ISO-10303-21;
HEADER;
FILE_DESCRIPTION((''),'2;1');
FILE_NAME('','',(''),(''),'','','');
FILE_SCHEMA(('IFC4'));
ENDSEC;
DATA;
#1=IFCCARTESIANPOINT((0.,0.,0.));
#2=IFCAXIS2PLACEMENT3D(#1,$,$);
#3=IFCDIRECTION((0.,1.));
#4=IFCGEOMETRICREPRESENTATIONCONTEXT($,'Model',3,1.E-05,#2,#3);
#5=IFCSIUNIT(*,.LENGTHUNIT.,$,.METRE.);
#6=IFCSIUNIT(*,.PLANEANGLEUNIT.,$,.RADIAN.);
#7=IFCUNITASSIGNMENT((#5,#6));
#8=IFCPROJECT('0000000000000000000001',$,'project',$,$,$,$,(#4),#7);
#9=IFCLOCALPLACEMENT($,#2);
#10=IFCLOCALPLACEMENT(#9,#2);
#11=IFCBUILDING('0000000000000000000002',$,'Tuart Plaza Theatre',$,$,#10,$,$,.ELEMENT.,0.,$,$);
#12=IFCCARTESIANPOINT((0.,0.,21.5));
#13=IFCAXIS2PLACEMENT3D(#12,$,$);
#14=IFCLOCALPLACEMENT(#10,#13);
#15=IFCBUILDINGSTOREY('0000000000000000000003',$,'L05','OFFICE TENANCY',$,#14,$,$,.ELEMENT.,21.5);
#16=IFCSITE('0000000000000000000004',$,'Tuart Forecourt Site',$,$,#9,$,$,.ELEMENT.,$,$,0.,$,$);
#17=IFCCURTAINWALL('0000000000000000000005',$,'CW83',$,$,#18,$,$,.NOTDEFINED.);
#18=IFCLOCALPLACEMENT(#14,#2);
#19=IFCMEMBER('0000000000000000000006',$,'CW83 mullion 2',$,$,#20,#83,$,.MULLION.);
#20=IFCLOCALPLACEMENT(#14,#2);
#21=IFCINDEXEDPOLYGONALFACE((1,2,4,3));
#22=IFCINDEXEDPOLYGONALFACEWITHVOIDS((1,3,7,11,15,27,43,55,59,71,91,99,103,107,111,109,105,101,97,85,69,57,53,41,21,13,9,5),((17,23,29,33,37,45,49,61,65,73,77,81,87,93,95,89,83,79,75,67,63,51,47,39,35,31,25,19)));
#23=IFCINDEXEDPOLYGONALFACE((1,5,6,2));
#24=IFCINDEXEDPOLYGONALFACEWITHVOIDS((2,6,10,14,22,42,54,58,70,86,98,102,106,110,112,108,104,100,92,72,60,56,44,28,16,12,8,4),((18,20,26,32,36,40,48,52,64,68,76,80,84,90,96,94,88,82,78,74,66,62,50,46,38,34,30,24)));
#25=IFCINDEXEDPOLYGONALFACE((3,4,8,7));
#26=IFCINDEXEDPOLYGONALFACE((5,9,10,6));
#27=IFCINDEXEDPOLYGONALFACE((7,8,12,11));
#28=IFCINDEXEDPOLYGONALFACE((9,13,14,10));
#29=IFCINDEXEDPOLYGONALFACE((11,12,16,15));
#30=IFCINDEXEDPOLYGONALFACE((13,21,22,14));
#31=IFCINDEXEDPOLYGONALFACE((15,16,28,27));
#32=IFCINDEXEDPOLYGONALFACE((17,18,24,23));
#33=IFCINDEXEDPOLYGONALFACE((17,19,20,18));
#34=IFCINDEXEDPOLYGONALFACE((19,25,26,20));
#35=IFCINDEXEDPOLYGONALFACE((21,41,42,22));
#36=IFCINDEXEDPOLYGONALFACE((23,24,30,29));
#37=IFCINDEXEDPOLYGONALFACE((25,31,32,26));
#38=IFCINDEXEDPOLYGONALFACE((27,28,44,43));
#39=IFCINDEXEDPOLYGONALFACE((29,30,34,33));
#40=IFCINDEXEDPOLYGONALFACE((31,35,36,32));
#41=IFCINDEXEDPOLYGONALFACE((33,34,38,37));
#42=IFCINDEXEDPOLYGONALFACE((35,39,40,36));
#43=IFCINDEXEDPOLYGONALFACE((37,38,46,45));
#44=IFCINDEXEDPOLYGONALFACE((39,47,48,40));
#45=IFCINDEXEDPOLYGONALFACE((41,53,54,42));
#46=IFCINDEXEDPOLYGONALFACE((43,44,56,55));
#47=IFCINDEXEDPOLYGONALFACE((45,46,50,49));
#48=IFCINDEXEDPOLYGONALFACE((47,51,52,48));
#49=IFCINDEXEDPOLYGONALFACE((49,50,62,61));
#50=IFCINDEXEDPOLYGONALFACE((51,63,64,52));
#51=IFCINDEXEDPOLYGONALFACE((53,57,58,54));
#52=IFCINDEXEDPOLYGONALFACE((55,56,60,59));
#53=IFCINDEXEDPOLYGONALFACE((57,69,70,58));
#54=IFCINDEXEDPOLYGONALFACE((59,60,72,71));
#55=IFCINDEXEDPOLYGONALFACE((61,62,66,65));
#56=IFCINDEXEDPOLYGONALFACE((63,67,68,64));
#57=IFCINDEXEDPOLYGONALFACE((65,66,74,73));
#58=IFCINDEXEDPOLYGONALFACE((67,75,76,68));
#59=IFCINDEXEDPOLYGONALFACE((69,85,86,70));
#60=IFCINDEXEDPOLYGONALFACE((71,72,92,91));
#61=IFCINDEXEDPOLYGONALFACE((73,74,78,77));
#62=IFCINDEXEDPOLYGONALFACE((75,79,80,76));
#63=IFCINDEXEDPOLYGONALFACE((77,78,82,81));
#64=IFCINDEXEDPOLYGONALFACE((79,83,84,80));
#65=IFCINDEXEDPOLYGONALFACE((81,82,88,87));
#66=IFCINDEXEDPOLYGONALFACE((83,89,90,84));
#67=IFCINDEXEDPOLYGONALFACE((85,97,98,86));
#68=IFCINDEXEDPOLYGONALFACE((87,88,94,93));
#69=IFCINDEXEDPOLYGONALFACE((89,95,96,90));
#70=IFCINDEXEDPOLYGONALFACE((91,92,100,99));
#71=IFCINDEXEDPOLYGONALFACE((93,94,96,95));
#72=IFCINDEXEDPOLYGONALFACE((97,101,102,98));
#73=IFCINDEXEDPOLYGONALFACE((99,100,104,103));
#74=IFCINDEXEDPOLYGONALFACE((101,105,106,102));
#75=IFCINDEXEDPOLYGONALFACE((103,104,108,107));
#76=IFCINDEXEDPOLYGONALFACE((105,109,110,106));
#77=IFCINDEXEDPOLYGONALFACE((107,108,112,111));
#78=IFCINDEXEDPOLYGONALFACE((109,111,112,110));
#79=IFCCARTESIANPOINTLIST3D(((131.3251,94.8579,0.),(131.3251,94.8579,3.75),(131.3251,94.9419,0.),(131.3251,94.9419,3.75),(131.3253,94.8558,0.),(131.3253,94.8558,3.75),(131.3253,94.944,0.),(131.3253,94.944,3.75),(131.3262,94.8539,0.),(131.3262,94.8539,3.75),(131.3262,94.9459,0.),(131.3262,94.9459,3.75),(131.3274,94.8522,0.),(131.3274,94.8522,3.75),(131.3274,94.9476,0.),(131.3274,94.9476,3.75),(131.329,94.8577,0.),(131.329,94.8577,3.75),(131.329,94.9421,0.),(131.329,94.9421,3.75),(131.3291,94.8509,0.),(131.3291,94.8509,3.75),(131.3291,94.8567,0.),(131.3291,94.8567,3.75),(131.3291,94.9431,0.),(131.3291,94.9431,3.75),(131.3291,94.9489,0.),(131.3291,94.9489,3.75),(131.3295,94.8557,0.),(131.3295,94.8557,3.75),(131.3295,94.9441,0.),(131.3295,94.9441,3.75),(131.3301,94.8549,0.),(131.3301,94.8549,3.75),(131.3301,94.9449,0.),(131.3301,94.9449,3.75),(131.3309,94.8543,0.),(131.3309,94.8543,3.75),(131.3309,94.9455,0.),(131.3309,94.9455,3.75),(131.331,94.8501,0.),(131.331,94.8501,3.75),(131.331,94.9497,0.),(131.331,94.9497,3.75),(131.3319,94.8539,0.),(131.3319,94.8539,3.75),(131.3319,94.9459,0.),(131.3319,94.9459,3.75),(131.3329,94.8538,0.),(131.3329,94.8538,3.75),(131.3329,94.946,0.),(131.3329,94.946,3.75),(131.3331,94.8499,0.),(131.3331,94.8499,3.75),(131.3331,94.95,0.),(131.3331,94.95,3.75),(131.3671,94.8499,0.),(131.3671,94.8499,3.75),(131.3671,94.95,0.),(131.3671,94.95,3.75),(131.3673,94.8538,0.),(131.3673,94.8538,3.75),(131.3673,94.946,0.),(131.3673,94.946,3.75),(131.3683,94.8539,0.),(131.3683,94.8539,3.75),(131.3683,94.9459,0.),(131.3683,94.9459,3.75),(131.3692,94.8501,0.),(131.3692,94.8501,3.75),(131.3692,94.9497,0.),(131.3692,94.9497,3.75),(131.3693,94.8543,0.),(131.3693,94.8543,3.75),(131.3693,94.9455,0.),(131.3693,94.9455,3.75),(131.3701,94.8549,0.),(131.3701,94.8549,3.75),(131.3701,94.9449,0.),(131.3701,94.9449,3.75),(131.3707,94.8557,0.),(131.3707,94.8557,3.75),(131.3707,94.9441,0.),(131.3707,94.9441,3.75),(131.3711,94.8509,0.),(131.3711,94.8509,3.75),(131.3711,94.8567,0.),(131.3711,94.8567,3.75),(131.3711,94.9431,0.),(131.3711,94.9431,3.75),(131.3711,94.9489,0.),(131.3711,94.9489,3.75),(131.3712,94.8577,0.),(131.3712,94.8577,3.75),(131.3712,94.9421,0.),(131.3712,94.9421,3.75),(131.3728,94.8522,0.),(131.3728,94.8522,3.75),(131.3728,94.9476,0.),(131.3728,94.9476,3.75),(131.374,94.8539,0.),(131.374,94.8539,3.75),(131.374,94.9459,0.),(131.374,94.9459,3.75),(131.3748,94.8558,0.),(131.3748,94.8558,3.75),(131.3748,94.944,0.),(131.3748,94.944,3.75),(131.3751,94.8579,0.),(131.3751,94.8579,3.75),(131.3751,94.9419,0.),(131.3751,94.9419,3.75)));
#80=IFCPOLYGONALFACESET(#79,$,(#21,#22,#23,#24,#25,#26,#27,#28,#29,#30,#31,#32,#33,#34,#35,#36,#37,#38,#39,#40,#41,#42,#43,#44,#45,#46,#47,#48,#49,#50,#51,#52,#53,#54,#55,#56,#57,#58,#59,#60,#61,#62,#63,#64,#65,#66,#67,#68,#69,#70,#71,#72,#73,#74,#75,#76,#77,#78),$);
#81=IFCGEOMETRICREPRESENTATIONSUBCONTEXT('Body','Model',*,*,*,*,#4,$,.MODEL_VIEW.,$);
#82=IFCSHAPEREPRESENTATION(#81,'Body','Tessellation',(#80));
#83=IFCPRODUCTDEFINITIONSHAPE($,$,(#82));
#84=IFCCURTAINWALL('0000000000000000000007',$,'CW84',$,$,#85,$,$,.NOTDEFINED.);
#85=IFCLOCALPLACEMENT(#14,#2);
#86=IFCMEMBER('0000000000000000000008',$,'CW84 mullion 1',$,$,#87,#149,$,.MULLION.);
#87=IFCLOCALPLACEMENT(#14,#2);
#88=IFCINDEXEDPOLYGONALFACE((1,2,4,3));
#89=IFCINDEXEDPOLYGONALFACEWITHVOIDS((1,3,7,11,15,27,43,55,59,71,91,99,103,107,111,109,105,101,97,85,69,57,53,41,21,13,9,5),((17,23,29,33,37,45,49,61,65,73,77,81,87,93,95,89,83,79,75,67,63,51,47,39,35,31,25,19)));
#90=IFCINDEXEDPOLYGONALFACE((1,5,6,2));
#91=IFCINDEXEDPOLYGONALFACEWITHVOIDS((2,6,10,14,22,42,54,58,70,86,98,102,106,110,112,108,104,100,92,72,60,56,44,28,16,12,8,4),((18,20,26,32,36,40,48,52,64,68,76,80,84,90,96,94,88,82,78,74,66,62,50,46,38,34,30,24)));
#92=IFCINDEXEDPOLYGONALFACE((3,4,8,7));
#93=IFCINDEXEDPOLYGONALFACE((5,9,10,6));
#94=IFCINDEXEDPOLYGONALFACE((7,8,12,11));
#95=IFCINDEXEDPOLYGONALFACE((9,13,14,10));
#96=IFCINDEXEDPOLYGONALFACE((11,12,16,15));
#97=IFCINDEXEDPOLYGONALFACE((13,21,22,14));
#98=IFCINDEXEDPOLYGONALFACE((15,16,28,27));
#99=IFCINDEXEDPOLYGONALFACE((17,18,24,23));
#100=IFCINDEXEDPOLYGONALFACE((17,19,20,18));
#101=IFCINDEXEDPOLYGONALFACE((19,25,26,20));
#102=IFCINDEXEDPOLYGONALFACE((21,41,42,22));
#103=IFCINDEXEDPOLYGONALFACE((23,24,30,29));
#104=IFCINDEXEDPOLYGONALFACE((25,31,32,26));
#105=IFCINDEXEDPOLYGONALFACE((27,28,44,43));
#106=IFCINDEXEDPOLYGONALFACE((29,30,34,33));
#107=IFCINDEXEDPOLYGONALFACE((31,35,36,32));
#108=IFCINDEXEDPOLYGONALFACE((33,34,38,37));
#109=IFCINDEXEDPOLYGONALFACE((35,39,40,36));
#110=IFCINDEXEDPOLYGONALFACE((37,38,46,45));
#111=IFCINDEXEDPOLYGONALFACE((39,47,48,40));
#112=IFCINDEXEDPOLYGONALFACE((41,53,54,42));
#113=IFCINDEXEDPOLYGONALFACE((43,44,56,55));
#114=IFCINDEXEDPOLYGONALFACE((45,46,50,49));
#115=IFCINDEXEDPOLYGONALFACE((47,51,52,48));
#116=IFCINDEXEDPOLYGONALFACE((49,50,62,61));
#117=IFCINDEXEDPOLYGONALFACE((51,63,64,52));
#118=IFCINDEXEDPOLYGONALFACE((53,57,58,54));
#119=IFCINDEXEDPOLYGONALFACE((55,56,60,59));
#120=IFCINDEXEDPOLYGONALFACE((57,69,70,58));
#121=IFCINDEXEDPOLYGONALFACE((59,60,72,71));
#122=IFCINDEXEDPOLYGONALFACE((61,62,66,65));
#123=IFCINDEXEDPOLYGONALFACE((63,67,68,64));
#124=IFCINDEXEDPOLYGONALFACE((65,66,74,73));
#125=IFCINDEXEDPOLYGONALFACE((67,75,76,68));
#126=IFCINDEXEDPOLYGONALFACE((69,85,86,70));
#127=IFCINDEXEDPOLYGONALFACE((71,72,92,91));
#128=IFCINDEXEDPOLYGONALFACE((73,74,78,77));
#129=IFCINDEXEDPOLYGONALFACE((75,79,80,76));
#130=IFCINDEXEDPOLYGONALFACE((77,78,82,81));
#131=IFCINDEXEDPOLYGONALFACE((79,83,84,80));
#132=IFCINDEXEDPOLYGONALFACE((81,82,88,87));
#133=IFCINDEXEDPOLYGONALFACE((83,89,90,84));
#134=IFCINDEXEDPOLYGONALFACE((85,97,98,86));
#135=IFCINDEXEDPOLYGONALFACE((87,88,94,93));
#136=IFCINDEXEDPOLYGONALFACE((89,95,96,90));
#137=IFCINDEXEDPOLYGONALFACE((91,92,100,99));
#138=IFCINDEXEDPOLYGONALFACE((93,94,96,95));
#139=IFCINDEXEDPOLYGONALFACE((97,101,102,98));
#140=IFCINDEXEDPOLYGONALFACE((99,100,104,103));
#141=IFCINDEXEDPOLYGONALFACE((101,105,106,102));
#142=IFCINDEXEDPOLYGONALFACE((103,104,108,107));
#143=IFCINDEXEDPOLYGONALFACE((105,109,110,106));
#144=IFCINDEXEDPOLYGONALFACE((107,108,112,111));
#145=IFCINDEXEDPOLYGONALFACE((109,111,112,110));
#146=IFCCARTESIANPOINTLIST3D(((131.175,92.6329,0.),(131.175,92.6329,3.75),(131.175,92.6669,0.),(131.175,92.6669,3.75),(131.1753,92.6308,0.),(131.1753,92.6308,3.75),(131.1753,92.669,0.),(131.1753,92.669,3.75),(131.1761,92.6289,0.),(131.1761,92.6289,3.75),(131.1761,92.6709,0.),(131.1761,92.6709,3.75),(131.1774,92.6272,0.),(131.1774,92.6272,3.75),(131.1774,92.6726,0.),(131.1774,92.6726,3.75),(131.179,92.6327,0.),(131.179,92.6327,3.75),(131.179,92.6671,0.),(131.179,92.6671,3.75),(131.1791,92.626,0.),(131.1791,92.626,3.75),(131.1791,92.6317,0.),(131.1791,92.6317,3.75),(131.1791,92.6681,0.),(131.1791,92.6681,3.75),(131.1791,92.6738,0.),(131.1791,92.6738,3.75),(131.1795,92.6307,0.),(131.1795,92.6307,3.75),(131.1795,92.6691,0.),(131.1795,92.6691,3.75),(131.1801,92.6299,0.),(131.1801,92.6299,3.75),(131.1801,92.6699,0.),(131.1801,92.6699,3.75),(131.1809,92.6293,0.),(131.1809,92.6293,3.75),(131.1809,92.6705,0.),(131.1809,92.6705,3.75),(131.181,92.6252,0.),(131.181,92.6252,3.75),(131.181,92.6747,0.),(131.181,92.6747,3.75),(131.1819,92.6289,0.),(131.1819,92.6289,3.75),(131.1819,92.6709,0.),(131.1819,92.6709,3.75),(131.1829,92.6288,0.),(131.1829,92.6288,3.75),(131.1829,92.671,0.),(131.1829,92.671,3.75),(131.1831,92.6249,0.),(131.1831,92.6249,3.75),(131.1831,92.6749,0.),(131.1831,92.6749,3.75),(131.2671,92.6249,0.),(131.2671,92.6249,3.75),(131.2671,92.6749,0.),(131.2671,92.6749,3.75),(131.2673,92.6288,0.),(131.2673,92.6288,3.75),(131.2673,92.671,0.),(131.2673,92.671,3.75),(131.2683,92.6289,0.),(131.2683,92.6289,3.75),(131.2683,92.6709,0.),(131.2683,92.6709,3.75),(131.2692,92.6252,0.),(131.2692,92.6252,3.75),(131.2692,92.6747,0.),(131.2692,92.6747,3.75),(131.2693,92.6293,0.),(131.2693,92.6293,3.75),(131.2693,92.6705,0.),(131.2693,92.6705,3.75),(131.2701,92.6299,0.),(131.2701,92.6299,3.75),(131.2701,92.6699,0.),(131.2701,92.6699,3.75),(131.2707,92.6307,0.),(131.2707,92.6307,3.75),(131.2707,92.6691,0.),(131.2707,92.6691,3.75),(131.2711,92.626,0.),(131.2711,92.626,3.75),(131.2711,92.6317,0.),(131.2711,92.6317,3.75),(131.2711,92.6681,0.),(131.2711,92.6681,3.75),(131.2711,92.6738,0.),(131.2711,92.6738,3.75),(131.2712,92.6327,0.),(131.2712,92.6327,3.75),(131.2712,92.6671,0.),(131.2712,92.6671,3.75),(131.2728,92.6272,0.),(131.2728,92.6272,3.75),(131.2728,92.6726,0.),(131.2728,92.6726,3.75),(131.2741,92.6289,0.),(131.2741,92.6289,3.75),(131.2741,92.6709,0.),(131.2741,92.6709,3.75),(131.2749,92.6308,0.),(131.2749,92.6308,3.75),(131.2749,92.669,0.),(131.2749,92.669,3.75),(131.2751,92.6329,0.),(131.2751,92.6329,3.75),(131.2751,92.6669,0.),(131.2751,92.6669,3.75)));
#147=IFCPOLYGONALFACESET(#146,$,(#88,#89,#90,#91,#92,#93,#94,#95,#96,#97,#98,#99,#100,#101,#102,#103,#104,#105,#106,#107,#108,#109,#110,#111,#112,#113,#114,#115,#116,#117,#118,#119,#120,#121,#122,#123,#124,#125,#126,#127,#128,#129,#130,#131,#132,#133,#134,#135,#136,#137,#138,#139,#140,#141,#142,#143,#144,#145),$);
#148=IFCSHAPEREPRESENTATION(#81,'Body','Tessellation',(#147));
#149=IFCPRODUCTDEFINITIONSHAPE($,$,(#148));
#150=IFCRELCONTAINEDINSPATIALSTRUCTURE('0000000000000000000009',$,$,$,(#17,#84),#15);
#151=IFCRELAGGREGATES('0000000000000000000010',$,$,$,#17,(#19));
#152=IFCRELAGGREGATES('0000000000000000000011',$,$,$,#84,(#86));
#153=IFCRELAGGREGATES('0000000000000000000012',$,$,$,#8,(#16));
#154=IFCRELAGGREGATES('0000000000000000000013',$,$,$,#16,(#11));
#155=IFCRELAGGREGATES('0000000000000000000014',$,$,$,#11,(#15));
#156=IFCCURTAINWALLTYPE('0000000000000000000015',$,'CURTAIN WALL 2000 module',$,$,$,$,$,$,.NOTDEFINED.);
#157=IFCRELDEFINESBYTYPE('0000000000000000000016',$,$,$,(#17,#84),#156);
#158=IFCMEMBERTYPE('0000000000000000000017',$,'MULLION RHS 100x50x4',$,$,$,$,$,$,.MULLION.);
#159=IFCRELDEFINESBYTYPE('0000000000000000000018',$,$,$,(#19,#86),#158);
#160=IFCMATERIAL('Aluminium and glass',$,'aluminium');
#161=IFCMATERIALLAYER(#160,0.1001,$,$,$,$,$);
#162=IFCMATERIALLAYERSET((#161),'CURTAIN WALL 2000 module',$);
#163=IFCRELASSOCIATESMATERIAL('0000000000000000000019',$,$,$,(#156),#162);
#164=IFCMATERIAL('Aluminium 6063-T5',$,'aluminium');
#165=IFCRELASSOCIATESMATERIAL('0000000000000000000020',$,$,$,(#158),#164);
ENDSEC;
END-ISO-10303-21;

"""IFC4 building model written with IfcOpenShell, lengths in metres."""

from ifc_helpers import new_model, si_unit, direction, frame, origin, origin_2d, place, context, subcontext, project, spatial, hollow_rectangle, extrude, material, layer, layer_set, material_profile, profile_set, type_object, element, aggregate, save


model = new_model("IFC4")

# Units and contexts
model_context = context("Model", 3, precision=1e-05, world=origin(), true_north=direction((0.0, 1.0)))
body_context = subcontext(model_context, "Body", "Model", "MODEL_VIEW")
ifc_project = project(units=[si_unit("LENGTHUNIT", "METRE"), si_unit("PLANEANGLEUNIT", "RADIAN")], contexts=[model_context])

# Site, building, storey
site_placement = place(None, origin())
site = spatial("IfcSite", under=ifc_project, at=site_placement, Name="Tuart Forecourt Site", CompositionType="ELEMENT", RefElevation=0.0)
building_placement = place(site_placement, origin())
building = spatial("IfcBuilding", under=site, at=building_placement, Name="Tuart Plaza Theatre", CompositionType="ELEMENT", ElevationOfRefHeight=0.0)
storey_placement = place(building_placement, frame((0.0, 0.0, 21.5)))
storey = spatial("IfcBuildingStorey", under=building, at=storey_placement, Name="L05", Description="OFFICE TENANCY", CompositionType="ELEMENT", Elevation=21.5)

# Curtain wall, member
ifc_material_1 = material(Name="Aluminium and glass", Category="aluminium")
ifc_layer_1 = layer(ifc_material_1, 0.1001)
ifc_layer_set_1 = layer_set([ifc_layer_1], Name="CURTAIN WALL 2000 module")
curtain_wall_type = type_object("IfcCurtainWallType", Name="CURTAIN WALL 2000 module", PredefinedType="NOTDEFINED", material=ifc_layer_set_1)
curtain_wall_1_placement = place(storey_placement, origin())
curtain_wall_1 = element("IfcCurtainWall", 1, at=curtain_wall_1_placement, inside=storey, type_object=curtain_wall_type, Name="CW83", PredefinedType="NOTDEFINED")
ifc_material_2 = material(Name="Aluminium 6063-T5", Category="aluminium")
ifc_material_profile_1 = material_profile(ifc_material_2, hollow_rectangle(XDim=0.05, YDim=0.1001, WallThickness=0.0039, InnerFilletRadius=0.0039, OuterFilletRadius=0.0081, at=origin_2d()), Name="RHS 100x50x4")
ifc_profile_set_1 = profile_set([ifc_material_profile_1], Name="Aluminium 6063-T5")
member_type_1 = type_object("IfcMemberType", Name="MULLION RHS 100x50x4", PredefinedType="MULLION", material=ifc_profile_set_1)
member_1_placement = place(storey_placement, frame((131.3501, 94.8999, 0.0), z_axis=(0.0, 0.0, 1.0), x_axis=(1.0, 0.0, 0.0)))
member_1 = element("IfcMember", 2, at=member_1_placement, type_object=member_type_1, Name="CW83 mullion 2", PredefinedType="MULLION", context=body_context, shape_type="SweptSolid", body=[
    extrude(hollow_rectangle(XDim=0.05, YDim=0.1001, WallThickness=0.0039, InnerFilletRadius=0.0039, OuterFilletRadius=0.0081, at=origin_2d()), origin(), (0.0, 0.0, 1.0), 3.75),
])

# Curtain wall, member
curtain_wall_2_placement = place(storey_placement, origin())
curtain_wall_2 = element("IfcCurtainWall", 3, at=curtain_wall_2_placement, inside=storey, type_object=curtain_wall_type, Name="CW84", PredefinedType="NOTDEFINED")
member_2_placement = place(storey_placement, frame((131.2251, 92.6499, 0.0), z_axis=(0.0, 0.0, 1.0), x_axis=(0.0, -1.0, 0.0)))
member_2 = element("IfcMember", 4, at=member_2_placement, type_object=member_type_1, Name="CW84 mullion 1", PredefinedType="MULLION", context=body_context, shape_type="SweptSolid", body=[
    extrude(hollow_rectangle(XDim=0.05, YDim=0.1001, WallThickness=0.0039, InnerFilletRadius=0.0039, OuterFilletRadius=0.0081, at=origin_2d()), origin(), (0.0, 0.0, 1.0), 3.75),
])

aggregate(curtain_wall_1, [member_1])
aggregate(curtain_wall_2, [member_2])

save(model, "model.ifc")
